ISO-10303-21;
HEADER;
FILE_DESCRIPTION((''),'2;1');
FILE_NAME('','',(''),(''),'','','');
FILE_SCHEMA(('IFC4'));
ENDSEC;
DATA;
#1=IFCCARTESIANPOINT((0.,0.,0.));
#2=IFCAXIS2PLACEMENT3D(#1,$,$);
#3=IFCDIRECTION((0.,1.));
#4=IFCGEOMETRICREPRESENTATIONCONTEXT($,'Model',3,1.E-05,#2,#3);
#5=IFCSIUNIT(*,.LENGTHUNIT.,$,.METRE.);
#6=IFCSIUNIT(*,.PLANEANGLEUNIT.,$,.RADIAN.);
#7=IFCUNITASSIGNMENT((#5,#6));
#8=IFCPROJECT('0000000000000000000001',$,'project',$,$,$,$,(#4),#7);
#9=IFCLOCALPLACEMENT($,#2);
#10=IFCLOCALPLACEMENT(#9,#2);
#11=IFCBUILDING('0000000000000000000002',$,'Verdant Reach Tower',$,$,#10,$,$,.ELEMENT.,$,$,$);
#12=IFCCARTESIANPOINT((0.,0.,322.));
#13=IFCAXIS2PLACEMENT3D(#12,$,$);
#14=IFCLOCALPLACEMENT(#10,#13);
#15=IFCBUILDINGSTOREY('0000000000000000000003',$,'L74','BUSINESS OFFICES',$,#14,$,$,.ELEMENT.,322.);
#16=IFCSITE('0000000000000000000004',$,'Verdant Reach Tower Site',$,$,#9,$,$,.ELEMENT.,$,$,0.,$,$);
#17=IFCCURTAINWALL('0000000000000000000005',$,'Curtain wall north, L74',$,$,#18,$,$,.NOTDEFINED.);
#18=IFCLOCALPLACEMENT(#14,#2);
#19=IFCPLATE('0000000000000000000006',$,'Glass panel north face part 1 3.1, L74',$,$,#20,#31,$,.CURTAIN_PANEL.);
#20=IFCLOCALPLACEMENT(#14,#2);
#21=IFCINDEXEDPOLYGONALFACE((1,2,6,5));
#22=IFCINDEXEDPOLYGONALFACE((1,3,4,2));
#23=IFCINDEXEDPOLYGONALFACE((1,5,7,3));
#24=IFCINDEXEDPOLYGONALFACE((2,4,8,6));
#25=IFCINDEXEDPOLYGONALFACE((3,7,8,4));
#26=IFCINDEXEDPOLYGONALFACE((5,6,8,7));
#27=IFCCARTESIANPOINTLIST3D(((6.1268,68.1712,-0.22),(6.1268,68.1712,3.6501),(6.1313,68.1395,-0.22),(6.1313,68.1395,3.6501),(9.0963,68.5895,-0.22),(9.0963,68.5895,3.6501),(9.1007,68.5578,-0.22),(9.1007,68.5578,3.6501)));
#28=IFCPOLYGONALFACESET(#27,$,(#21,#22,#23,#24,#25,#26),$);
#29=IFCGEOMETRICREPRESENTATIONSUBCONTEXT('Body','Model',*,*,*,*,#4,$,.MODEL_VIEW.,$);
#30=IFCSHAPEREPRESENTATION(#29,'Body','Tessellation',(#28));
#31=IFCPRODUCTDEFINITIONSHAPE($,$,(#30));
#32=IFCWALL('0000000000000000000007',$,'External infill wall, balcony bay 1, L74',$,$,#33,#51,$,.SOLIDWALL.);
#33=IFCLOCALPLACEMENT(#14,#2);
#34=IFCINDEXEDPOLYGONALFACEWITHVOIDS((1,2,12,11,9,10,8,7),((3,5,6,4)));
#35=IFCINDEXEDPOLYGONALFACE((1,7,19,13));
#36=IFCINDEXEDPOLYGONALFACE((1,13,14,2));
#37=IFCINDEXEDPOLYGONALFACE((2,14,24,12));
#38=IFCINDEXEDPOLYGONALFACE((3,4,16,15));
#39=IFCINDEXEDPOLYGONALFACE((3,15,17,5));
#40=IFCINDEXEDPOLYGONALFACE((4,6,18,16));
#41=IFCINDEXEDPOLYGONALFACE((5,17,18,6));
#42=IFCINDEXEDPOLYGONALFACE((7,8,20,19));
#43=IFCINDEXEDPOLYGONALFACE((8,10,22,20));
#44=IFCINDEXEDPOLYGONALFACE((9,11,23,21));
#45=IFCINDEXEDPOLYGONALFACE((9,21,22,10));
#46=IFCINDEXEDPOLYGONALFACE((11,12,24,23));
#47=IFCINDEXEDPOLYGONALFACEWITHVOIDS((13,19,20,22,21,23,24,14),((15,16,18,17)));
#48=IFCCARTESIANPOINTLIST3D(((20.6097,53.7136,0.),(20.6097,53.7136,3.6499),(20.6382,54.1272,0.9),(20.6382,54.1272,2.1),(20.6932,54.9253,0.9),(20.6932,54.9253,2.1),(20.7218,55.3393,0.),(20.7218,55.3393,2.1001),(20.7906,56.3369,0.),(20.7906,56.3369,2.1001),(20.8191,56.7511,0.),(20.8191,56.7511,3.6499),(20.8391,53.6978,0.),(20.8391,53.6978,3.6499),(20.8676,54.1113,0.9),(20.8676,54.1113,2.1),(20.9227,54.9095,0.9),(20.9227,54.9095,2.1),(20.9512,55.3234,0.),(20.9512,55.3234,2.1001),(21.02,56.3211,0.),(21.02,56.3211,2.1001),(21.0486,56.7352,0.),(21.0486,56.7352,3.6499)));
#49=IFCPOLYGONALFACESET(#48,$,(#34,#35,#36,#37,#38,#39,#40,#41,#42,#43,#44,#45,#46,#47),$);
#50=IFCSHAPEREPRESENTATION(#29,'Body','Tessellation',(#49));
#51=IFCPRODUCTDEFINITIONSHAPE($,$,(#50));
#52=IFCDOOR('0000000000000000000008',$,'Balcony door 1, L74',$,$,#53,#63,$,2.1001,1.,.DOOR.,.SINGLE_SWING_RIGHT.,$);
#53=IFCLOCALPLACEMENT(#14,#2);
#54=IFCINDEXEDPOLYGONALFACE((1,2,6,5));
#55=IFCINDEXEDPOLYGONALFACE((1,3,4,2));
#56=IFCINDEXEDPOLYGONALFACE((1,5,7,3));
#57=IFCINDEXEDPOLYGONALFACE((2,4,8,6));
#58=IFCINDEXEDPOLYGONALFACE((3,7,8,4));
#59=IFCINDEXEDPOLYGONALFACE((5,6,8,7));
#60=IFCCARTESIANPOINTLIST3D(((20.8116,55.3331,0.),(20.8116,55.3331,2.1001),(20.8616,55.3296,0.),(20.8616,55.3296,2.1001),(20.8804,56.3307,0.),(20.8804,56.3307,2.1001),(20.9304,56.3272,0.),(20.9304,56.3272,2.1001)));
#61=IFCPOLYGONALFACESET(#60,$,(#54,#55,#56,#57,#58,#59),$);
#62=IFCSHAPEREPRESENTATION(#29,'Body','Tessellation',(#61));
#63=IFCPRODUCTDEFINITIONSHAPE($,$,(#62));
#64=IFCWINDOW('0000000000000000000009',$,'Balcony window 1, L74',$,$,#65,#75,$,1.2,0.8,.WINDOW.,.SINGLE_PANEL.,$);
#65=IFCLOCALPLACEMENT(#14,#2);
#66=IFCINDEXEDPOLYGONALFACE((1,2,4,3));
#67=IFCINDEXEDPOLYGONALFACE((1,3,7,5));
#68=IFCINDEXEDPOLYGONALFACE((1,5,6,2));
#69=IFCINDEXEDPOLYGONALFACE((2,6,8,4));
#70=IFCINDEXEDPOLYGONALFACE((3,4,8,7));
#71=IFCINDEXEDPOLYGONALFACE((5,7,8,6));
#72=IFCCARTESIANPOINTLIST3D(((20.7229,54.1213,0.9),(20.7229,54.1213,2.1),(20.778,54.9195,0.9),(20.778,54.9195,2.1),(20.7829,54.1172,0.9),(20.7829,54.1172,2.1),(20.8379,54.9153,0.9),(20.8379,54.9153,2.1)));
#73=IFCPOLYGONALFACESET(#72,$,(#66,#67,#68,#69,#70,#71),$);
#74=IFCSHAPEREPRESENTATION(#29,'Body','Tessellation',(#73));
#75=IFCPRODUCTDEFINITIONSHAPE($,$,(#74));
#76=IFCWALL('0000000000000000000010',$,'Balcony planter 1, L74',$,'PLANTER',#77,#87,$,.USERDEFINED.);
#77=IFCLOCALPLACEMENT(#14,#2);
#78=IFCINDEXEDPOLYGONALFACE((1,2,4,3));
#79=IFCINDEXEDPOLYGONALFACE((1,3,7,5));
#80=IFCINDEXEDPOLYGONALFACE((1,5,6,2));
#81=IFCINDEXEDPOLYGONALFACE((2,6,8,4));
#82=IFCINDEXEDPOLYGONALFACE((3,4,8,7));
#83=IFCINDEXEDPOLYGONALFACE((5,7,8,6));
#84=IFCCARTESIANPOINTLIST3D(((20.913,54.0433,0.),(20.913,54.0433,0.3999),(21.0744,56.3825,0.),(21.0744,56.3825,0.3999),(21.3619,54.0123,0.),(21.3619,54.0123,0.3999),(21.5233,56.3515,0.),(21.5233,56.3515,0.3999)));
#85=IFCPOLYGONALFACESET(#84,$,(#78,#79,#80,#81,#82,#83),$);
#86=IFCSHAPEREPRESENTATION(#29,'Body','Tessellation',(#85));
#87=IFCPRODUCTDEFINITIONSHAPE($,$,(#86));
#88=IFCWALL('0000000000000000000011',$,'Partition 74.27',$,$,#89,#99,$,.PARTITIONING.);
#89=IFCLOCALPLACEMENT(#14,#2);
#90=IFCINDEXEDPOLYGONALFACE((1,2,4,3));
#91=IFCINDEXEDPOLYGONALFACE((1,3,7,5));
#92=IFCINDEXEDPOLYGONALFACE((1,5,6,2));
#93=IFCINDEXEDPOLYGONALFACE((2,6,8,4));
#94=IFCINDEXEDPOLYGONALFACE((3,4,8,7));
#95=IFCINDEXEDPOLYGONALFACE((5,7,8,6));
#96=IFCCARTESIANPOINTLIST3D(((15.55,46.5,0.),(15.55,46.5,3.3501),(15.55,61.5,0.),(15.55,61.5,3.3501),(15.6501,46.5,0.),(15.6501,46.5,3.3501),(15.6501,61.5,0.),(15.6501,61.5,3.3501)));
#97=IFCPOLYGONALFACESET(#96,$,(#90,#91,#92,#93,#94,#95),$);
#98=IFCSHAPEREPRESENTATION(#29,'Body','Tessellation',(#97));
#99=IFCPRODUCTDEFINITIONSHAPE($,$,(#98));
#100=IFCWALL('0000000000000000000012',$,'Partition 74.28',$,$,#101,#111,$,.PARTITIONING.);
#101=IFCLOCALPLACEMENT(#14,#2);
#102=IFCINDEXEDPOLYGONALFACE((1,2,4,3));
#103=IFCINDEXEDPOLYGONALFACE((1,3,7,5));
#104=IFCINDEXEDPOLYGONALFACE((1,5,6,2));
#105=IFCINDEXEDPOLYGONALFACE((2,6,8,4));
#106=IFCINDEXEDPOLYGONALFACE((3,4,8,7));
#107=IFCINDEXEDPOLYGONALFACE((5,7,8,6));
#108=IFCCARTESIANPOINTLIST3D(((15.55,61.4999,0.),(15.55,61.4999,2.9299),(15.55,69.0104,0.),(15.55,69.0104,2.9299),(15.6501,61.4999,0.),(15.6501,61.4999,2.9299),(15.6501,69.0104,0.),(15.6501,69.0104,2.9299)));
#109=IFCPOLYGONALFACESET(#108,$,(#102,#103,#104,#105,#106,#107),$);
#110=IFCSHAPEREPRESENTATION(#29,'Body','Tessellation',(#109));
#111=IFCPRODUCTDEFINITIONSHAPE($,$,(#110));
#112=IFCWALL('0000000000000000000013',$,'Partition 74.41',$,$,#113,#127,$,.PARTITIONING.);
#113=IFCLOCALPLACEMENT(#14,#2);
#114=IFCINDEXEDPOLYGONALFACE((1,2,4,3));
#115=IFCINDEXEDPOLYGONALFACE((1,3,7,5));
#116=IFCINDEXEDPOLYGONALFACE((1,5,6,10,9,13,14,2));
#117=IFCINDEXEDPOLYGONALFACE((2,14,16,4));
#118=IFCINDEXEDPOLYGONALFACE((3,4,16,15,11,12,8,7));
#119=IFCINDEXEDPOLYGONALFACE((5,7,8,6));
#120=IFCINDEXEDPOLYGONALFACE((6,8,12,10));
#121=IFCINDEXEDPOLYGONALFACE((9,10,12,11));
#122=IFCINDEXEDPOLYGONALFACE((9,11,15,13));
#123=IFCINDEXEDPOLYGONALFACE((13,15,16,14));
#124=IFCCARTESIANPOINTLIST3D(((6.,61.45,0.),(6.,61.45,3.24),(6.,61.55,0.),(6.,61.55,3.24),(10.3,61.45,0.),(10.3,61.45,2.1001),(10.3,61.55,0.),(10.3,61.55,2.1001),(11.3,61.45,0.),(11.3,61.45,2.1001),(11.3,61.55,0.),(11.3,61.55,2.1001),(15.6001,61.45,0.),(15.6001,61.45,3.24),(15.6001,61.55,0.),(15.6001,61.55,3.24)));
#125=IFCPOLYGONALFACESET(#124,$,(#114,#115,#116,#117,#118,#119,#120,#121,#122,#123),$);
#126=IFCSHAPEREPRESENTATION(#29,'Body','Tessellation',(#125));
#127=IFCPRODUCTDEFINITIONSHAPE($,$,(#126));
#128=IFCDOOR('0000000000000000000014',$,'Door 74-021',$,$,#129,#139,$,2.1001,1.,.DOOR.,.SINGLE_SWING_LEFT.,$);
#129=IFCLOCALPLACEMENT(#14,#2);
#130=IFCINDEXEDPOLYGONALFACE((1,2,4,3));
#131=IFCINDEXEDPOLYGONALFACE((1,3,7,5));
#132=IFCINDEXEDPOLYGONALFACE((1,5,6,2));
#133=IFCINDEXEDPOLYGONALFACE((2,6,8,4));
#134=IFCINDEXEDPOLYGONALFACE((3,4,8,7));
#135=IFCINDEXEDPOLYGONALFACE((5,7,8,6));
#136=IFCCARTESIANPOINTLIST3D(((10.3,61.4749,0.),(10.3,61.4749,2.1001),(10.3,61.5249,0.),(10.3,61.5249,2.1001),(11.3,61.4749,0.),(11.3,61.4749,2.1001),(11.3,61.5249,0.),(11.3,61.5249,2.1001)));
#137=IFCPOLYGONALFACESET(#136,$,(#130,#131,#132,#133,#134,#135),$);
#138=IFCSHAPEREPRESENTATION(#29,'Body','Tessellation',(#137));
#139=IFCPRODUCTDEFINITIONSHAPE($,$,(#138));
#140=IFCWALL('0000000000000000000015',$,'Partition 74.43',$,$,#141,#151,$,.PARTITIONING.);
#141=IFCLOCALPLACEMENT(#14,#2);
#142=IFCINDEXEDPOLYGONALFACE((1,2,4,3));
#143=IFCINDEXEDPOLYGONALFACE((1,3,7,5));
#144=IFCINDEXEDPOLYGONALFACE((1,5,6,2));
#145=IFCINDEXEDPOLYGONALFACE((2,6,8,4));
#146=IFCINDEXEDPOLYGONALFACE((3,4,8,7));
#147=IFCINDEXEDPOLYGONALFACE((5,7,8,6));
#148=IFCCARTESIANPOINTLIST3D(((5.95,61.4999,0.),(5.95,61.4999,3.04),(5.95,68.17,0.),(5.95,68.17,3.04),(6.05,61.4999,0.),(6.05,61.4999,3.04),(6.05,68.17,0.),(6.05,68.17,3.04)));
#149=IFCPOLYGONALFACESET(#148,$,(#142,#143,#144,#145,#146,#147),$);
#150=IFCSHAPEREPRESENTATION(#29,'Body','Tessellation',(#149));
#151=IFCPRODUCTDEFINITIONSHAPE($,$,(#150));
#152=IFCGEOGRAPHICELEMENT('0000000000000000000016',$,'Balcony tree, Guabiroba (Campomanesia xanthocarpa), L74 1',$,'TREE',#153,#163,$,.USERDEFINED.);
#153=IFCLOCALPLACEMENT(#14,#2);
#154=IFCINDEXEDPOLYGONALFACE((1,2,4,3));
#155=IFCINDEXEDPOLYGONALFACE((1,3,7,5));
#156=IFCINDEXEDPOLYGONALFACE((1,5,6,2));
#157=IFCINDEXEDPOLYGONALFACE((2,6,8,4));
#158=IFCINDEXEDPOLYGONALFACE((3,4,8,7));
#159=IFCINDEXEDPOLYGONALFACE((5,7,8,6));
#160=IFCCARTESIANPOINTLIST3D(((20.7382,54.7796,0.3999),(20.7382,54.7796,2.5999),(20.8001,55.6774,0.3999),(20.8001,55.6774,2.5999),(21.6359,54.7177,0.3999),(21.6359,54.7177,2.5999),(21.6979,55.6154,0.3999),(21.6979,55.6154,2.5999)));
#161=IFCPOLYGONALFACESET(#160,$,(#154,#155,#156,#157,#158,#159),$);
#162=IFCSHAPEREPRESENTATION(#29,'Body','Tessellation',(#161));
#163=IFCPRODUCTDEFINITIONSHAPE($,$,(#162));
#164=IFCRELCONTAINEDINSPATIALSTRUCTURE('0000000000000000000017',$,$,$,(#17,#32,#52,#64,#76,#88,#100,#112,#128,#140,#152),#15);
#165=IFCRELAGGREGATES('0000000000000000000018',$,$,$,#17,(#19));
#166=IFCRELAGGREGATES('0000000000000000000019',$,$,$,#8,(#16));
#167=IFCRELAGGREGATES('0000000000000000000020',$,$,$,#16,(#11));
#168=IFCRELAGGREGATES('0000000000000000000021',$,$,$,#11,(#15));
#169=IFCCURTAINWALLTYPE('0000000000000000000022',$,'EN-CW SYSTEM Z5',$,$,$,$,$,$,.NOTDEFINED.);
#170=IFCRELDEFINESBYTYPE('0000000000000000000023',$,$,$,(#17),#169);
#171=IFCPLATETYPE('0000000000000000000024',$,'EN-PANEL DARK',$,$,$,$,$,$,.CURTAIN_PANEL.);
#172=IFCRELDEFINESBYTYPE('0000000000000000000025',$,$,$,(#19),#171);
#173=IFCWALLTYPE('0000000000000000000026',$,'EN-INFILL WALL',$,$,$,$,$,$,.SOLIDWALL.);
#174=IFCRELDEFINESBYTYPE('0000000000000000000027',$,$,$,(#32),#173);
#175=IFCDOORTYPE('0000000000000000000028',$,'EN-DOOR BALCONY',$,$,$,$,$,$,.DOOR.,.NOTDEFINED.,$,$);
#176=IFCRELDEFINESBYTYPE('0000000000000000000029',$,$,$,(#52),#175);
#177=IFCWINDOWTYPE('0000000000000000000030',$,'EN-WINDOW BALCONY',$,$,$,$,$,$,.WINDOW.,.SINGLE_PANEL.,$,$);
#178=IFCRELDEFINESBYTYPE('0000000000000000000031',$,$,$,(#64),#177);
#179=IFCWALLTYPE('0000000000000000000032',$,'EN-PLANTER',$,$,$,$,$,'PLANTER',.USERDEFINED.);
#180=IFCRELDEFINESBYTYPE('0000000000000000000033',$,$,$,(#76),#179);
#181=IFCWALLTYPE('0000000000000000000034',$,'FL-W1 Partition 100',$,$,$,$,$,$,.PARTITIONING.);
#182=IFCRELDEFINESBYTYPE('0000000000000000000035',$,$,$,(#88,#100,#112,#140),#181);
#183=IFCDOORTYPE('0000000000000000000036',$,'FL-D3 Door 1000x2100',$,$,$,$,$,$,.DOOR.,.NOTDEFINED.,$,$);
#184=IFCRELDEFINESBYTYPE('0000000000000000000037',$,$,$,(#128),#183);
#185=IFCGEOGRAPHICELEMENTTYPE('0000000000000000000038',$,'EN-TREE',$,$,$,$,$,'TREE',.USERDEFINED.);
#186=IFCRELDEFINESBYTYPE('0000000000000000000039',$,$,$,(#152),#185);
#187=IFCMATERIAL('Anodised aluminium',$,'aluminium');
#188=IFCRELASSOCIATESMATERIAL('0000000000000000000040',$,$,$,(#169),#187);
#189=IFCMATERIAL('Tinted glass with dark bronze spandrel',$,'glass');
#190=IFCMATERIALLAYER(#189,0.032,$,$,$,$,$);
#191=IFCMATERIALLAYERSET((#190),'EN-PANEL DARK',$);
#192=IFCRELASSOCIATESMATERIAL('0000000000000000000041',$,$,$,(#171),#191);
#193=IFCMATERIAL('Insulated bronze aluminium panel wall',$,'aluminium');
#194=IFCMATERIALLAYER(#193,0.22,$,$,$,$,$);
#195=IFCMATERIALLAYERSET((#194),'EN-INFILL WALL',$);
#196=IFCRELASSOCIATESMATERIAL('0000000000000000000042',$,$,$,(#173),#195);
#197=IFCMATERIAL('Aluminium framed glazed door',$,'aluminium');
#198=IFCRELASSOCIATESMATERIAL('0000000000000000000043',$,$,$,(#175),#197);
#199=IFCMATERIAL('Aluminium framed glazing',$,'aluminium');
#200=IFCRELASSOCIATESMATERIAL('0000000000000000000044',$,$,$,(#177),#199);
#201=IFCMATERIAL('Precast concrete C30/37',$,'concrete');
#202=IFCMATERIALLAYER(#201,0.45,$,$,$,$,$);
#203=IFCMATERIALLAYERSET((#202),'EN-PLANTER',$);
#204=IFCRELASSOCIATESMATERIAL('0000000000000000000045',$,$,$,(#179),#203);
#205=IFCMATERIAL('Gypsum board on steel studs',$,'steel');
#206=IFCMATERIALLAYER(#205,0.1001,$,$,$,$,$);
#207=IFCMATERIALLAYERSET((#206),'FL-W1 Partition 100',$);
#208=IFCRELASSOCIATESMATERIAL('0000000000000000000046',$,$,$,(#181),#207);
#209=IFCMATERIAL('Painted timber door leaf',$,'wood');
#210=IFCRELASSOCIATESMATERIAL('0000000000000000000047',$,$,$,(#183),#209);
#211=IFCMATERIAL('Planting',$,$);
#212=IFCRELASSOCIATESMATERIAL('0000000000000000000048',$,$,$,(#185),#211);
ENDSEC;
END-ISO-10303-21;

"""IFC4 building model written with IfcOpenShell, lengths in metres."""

from ifc_helpers import new_model, si_unit, direction, frame, frame_2d, origin, origin_2d, place, context, subcontext, project, spatial, rectangle, extrude, material, layer, layer_set, type_object, element, fill, aggregate, save


model = new_model("IFC4")

# Units and contexts
model_context = context("Model", 3, precision=1e-05, world=origin(), true_north=direction((0.0, 1.0)))
body_context = subcontext(model_context, "Body", "Model", "MODEL_VIEW")
ifc_project = project(units=[si_unit("LENGTHUNIT", "METRE"), si_unit("PLANEANGLEUNIT", "RADIAN")], contexts=[model_context])

# Site, building, storey
site_placement = place(None, origin())
site = spatial("IfcSite", under=ifc_project, at=site_placement, Name="Verdant Reach Tower Site", CompositionType="ELEMENT", RefElevation=0.0)
building_placement = place(site_placement, origin())
building = spatial("IfcBuilding", under=site, at=building_placement, Name="Verdant Reach Tower", CompositionType="ELEMENT")
storey_placement = place(building_placement, frame((0.0, 0.0, 322.0)))
storey = spatial("IfcBuildingStorey", under=building, at=storey_placement, Name="L74", Description="BUSINESS OFFICES", CompositionType="ELEMENT", Elevation=322.0)

# Curtain wall
ifc_material_1 = material(Name="Anodised aluminium", Category="aluminium")
curtain_wall_type = type_object("IfcCurtainWallType", Name="EN-CW SYSTEM Z5", PredefinedType="NOTDEFINED", material=ifc_material_1)
curtain_wall_1_placement = place(storey_placement, origin())
curtain_wall_1 = element("IfcCurtainWall", 1, at=curtain_wall_1_placement, inside=storey, type_object=curtain_wall_type, Name="Curtain wall north, L74", PredefinedType="NOTDEFINED")

# Plate
ifc_material_2 = material(Name="Tinted glass with dark bronze spandrel", Category="glass")
ifc_layer_1 = layer(ifc_material_2, 0.032)
ifc_layer_set_1 = layer_set([ifc_layer_1], Name="EN-PANEL DARK")
plate_type_1 = type_object("IfcPlateType", Name="EN-PANEL DARK", PredefinedType="CURTAIN_PANEL", material=ifc_layer_set_1)
plate_1_placement = place(storey_placement, frame((7.6138, 68.3645, -0.22), z_axis=(0.0, 0.0, 1.0), x_axis=(-0.990225, -0.139477, 0.0)))
plate_1 = element("IfcPlate", 2, at=plate_1_placement, type_object=plate_type_1, Name="Glass panel north face part 1 3.1, L74", PredefinedType="CURTAIN_PANEL", context=body_context, shape_type="SweptSolid", body=[
    extrude(rectangle(XDim=2.9988, YDim=0.032, at=origin_2d()), origin(), (0.0, 0.0, 1.0), 3.8701),
])
aggregate(curtain_wall_1, [plate_1])

# Wall, openings, door, window
ifc_material_3 = material(Name="Insulated bronze aluminium panel wall", Category="aluminium")
ifc_layer_2 = layer(ifc_material_3, 0.22)
ifc_layer_set_2 = layer_set([ifc_layer_2], Name="EN-INFILL WALL")
wall_type_1 = type_object("IfcWallType", Name="EN-INFILL WALL", PredefinedType="SOLIDWALL", material=ifc_layer_set_2)
wall_1_placement = place(storey_placement, frame((20.7244, 53.7056, 0.0), z_axis=(0.0, 0.0, 1.0), x_axis=(0.068802, 0.99763, 0.0)))
wall_1 = element("IfcWall", 3, at=wall_1_placement, inside=storey, type_object=wall_type_1, Name="External infill wall, balcony bay 1, L74", PredefinedType="SOLIDWALL", context=body_context, shape_type="SweptSolid", body=[
    extrude(rectangle(XDim=3.0447, YDim=0.23, at=frame_2d((1.5225, 0.0))), origin(), (0.0, 0.0, 1.0), 3.6499),
])
opening_1_placement = place(wall_1_placement, frame((1.6296, 0.0, 0.0)))
opening_1 = element("IfcOpeningElement", 4, at=opening_1_placement, cuts=wall_1, PredefinedType="OPENING", context=body_context, shape_type="SweptSolid", body=[
    extrude(rectangle(XDim=1.0, YDim=2.1001, at=frame_2d((0.5, 1.05))), frame((0.0, 0.125, 0.0), z_axis=(0.0, -1.0, 0.0), x_axis=(1.0, 0.0, 0.0)), (0.0, 0.0, 1.0), 0.25),
])
opening_2_placement = place(wall_1_placement, frame((0.4148, 0.0, 0.8999)))
opening_2 = element("IfcOpeningElement", 5, at=opening_2_placement, cuts=wall_1, PredefinedType="OPENING", context=body_context, shape_type="SweptSolid", body=[
    extrude(rectangle(XDim=0.8, YDim=1.2, at=frame_2d((0.3999, 0.6001))), frame((0.0, 0.125, 0.0), z_axis=(0.0, -1.0, 0.0), x_axis=(1.0, 0.0, 0.0)), (0.0, 0.0, 1.0), 0.25),
])
ifc_material_4 = material(Name="Aluminium framed glazed door", Category="aluminium")
door_type_1 = type_object("IfcDoorType", Name="EN-DOOR BALCONY", OperationType="NOTDEFINED", PredefinedType="DOOR", material=ifc_material_4)
door_1_placement = place(opening_1_placement, origin())
door_1 = element("IfcDoor", 6, at=door_1_placement, inside=storey, type_object=door_type_1, Name="Balcony door 1, L74", OperationType="SINGLE_SWING_RIGHT", OverallHeight=2.1001, OverallWidth=1.0, PredefinedType="DOOR", context=body_context, shape_type="SweptSolid", body=[
    extrude(rectangle(XDim=1.0, YDim=2.1001, at=frame_2d((0.5, 1.05))), frame((0.0, 0.0249, 0.0), z_axis=(0.0, -1.0, 0.0), x_axis=(1.0, 0.0, 0.0)), (0.0, 0.0, 1.0), 0.05),
])
fill(opening_1, door_1)
ifc_material_5 = material(Name="Aluminium framed glazing", Category="aluminium")
window_type = type_object("IfcWindowType", Name="EN-WINDOW BALCONY", PartitioningType="SINGLE_PANEL", PredefinedType="WINDOW", material=ifc_material_5)
window_placement = place(opening_2_placement, origin())
window = element("IfcWindow", 7, at=window_placement, inside=storey, type_object=window_type, Name="Balcony window 1, L74", OverallHeight=1.2, OverallWidth=0.8, PartitioningType="SINGLE_PANEL", PredefinedType="WINDOW", context=body_context, shape_type="SweptSolid", body=[
    extrude(rectangle(XDim=0.8, YDim=1.2, at=frame_2d((0.3999, 0.6001))), frame((0.0, 0.03, 0.0), z_axis=(0.0, -1.0, 0.0), x_axis=(1.0, 0.0, 0.0)), (0.0, 0.0, 1.0), 0.0601),
])
fill(opening_2, window)

# Walls
ifc_material_6 = material(Name="Precast concrete C30/37", Category="concrete")
ifc_layer_3 = layer(ifc_material_6, 0.45)
ifc_layer_set_3 = layer_set([ifc_layer_3], Name="EN-PLANTER")
wall_type_2 = type_object("IfcWallType", Name="EN-PLANTER", ElementType="PLANTER", PredefinedType="USERDEFINED", material=ifc_layer_set_3)
wall_2_placement = place(storey_placement, frame((21.1375, 54.0278, 0.0), z_axis=(0.0, 0.0, 1.0), x_axis=(0.068827, 0.997629, 0.0)))
element("IfcWall", 8, at=wall_2_placement, inside=storey, type_object=wall_type_2, Name="Balcony planter 1, L74", ObjectType="PLANTER", PredefinedType="USERDEFINED", context=body_context, shape_type="SweptSolid", body=[
    extrude(rectangle(XDim=2.3447, YDim=0.45, at=frame_2d((1.1724, 0.0))), origin(), (0.0, 0.0, 1.0), 0.3999),
])
ifc_material_7 = material(Name="Gypsum board on steel studs", Category="steel")
ifc_layer_4 = layer(ifc_material_7, 0.1001)
ifc_layer_set_4 = layer_set([ifc_layer_4], Name="FL-W1 Partition 100")
wall_type_3 = type_object("IfcWallType", Name="FL-W1 Partition 100", PredefinedType="PARTITIONING", material=ifc_layer_set_4)
wall_3_placement = place(storey_placement, frame((15.6001, 61.5, 0.0), z_axis=(0.0, 0.0, 1.0), x_axis=(0.0, -1.0, 0.0)))
element("IfcWall", 9, at=wall_3_placement, inside=storey, type_object=wall_type_3, Name="Partition 74.27", PredefinedType="PARTITIONING", context=body_context, shape_type="SweptSolid", body=[
    extrude(rectangle(XDim=15.0, YDim=0.1001, at=frame_2d((7.5, 0.0))), origin(), (0.0, 0.0, 1.0), 3.3501),
])
wall_4_placement = place(storey_placement, frame((15.6001, 69.0105, 0.0), z_axis=(0.0, 0.0, 1.0), x_axis=(0.0, -1.0, 0.0)))
element("IfcWall", 10, at=wall_4_placement, inside=storey, type_object=wall_type_3, Name="Partition 74.28", PredefinedType="PARTITIONING", context=body_context, shape_type="SweptSolid", body=[
    extrude(rectangle(XDim=7.5105, YDim=0.1001, at=frame_2d((3.7554, 0.0))), origin(), (0.0, 0.0, 1.0), 2.9299),
])

# Wall, opening, door
wall_5_placement = place(storey_placement, frame((6.0, 61.5, 0.0), z_axis=(0.0, 0.0, 1.0), x_axis=(1.0, 0.0, 0.0)))
wall_5 = element("IfcWall", 11, at=wall_5_placement, inside=storey, type_object=wall_type_3, Name="Partition 74.41", PredefinedType="PARTITIONING", context=body_context, shape_type="SweptSolid", body=[
    extrude(rectangle(XDim=9.6001, YDim=0.1001, at=frame_2d((4.8, 0.0))), origin(), (0.0, 0.0, 1.0), 3.24),
])
opening_3_placement = place(wall_5_placement, frame((4.3, 0.0, 0.0)))
opening_3 = element("IfcOpeningElement", 12, at=opening_3_placement, cuts=wall_5, PredefinedType="OPENING", context=body_context, shape_type="SweptSolid", body=[
    extrude(rectangle(XDim=1.0, YDim=2.1001, at=frame_2d((0.5, 1.05))), frame((0.0, 0.0601, 0.0), z_axis=(0.0, -1.0, 0.0), x_axis=(1.0, 0.0, 0.0)), (0.0, 0.0, 1.0), 0.1201),
])
ifc_material_8 = material(Name="Painted timber door leaf", Category="wood")
door_type_2 = type_object("IfcDoorType", Name="FL-D3 Door 1000x2100", OperationType="NOTDEFINED", PredefinedType="DOOR", material=ifc_material_8)
door_2_placement = place(opening_3_placement, origin())
door_2 = element("IfcDoor", 13, at=door_2_placement, inside=storey, type_object=door_type_2, Name="Door 74-021", OperationType="SINGLE_SWING_LEFT", OverallHeight=2.1001, OverallWidth=1.0, PredefinedType="DOOR", context=body_context, shape_type="SweptSolid", body=[
    extrude(rectangle(XDim=1.0, YDim=2.1001, at=frame_2d((0.5, 1.05))), frame((0.0, 0.0249, 0.0), z_axis=(0.0, -1.0, 0.0), x_axis=(1.0, 0.0, 0.0)), (0.0, 0.0, 1.0), 0.05),
])
fill(opening_3, door_2)

# Wall
wall_6_placement = place(storey_placement, frame((6.0, 61.5, 0.0), z_axis=(0.0, 0.0, 1.0), x_axis=(0.0, 1.0, 0.0)))
element("IfcWall", 14, at=wall_6_placement, inside=storey, type_object=wall_type_3, Name="Partition 74.43", PredefinedType="PARTITIONING", context=body_context, shape_type="SweptSolid", body=[
    extrude(rectangle(XDim=6.6702, YDim=0.1001, at=frame_2d((3.335, 0.0))), origin(), (0.0, 0.0, 1.0), 3.04),
])

# Geographic element
ifc_material_9 = material(Name="Planting")
geographic_element_type = type_object("IfcGeographicElementType", Name="EN-TREE", ElementType="TREE", PredefinedType="USERDEFINED", material=ifc_material_9)
geographic_element_placement = place(storey_placement, frame((21.218, 55.1975, 0.3999), z_axis=(0.0, 0.0, 1.0), x_axis=(0.068802, 0.99763, 0.0)))
element("IfcGeographicElement", 15, at=geographic_element_placement, inside=storey, type_object=geographic_element_type, Name="Balcony tree, Guabiroba (Campomanesia xanthocarpa), L74 1", ObjectType="TREE", PredefinedType="USERDEFINED", context=body_context, shape_type="SweptSolid", body=[
    extrude(rectangle(XDim=0.8999, YDim=0.8999, at=origin_2d()), origin(), (0.0, 0.0, 1.0), 2.2),
])

save(model, "model.ifc")
